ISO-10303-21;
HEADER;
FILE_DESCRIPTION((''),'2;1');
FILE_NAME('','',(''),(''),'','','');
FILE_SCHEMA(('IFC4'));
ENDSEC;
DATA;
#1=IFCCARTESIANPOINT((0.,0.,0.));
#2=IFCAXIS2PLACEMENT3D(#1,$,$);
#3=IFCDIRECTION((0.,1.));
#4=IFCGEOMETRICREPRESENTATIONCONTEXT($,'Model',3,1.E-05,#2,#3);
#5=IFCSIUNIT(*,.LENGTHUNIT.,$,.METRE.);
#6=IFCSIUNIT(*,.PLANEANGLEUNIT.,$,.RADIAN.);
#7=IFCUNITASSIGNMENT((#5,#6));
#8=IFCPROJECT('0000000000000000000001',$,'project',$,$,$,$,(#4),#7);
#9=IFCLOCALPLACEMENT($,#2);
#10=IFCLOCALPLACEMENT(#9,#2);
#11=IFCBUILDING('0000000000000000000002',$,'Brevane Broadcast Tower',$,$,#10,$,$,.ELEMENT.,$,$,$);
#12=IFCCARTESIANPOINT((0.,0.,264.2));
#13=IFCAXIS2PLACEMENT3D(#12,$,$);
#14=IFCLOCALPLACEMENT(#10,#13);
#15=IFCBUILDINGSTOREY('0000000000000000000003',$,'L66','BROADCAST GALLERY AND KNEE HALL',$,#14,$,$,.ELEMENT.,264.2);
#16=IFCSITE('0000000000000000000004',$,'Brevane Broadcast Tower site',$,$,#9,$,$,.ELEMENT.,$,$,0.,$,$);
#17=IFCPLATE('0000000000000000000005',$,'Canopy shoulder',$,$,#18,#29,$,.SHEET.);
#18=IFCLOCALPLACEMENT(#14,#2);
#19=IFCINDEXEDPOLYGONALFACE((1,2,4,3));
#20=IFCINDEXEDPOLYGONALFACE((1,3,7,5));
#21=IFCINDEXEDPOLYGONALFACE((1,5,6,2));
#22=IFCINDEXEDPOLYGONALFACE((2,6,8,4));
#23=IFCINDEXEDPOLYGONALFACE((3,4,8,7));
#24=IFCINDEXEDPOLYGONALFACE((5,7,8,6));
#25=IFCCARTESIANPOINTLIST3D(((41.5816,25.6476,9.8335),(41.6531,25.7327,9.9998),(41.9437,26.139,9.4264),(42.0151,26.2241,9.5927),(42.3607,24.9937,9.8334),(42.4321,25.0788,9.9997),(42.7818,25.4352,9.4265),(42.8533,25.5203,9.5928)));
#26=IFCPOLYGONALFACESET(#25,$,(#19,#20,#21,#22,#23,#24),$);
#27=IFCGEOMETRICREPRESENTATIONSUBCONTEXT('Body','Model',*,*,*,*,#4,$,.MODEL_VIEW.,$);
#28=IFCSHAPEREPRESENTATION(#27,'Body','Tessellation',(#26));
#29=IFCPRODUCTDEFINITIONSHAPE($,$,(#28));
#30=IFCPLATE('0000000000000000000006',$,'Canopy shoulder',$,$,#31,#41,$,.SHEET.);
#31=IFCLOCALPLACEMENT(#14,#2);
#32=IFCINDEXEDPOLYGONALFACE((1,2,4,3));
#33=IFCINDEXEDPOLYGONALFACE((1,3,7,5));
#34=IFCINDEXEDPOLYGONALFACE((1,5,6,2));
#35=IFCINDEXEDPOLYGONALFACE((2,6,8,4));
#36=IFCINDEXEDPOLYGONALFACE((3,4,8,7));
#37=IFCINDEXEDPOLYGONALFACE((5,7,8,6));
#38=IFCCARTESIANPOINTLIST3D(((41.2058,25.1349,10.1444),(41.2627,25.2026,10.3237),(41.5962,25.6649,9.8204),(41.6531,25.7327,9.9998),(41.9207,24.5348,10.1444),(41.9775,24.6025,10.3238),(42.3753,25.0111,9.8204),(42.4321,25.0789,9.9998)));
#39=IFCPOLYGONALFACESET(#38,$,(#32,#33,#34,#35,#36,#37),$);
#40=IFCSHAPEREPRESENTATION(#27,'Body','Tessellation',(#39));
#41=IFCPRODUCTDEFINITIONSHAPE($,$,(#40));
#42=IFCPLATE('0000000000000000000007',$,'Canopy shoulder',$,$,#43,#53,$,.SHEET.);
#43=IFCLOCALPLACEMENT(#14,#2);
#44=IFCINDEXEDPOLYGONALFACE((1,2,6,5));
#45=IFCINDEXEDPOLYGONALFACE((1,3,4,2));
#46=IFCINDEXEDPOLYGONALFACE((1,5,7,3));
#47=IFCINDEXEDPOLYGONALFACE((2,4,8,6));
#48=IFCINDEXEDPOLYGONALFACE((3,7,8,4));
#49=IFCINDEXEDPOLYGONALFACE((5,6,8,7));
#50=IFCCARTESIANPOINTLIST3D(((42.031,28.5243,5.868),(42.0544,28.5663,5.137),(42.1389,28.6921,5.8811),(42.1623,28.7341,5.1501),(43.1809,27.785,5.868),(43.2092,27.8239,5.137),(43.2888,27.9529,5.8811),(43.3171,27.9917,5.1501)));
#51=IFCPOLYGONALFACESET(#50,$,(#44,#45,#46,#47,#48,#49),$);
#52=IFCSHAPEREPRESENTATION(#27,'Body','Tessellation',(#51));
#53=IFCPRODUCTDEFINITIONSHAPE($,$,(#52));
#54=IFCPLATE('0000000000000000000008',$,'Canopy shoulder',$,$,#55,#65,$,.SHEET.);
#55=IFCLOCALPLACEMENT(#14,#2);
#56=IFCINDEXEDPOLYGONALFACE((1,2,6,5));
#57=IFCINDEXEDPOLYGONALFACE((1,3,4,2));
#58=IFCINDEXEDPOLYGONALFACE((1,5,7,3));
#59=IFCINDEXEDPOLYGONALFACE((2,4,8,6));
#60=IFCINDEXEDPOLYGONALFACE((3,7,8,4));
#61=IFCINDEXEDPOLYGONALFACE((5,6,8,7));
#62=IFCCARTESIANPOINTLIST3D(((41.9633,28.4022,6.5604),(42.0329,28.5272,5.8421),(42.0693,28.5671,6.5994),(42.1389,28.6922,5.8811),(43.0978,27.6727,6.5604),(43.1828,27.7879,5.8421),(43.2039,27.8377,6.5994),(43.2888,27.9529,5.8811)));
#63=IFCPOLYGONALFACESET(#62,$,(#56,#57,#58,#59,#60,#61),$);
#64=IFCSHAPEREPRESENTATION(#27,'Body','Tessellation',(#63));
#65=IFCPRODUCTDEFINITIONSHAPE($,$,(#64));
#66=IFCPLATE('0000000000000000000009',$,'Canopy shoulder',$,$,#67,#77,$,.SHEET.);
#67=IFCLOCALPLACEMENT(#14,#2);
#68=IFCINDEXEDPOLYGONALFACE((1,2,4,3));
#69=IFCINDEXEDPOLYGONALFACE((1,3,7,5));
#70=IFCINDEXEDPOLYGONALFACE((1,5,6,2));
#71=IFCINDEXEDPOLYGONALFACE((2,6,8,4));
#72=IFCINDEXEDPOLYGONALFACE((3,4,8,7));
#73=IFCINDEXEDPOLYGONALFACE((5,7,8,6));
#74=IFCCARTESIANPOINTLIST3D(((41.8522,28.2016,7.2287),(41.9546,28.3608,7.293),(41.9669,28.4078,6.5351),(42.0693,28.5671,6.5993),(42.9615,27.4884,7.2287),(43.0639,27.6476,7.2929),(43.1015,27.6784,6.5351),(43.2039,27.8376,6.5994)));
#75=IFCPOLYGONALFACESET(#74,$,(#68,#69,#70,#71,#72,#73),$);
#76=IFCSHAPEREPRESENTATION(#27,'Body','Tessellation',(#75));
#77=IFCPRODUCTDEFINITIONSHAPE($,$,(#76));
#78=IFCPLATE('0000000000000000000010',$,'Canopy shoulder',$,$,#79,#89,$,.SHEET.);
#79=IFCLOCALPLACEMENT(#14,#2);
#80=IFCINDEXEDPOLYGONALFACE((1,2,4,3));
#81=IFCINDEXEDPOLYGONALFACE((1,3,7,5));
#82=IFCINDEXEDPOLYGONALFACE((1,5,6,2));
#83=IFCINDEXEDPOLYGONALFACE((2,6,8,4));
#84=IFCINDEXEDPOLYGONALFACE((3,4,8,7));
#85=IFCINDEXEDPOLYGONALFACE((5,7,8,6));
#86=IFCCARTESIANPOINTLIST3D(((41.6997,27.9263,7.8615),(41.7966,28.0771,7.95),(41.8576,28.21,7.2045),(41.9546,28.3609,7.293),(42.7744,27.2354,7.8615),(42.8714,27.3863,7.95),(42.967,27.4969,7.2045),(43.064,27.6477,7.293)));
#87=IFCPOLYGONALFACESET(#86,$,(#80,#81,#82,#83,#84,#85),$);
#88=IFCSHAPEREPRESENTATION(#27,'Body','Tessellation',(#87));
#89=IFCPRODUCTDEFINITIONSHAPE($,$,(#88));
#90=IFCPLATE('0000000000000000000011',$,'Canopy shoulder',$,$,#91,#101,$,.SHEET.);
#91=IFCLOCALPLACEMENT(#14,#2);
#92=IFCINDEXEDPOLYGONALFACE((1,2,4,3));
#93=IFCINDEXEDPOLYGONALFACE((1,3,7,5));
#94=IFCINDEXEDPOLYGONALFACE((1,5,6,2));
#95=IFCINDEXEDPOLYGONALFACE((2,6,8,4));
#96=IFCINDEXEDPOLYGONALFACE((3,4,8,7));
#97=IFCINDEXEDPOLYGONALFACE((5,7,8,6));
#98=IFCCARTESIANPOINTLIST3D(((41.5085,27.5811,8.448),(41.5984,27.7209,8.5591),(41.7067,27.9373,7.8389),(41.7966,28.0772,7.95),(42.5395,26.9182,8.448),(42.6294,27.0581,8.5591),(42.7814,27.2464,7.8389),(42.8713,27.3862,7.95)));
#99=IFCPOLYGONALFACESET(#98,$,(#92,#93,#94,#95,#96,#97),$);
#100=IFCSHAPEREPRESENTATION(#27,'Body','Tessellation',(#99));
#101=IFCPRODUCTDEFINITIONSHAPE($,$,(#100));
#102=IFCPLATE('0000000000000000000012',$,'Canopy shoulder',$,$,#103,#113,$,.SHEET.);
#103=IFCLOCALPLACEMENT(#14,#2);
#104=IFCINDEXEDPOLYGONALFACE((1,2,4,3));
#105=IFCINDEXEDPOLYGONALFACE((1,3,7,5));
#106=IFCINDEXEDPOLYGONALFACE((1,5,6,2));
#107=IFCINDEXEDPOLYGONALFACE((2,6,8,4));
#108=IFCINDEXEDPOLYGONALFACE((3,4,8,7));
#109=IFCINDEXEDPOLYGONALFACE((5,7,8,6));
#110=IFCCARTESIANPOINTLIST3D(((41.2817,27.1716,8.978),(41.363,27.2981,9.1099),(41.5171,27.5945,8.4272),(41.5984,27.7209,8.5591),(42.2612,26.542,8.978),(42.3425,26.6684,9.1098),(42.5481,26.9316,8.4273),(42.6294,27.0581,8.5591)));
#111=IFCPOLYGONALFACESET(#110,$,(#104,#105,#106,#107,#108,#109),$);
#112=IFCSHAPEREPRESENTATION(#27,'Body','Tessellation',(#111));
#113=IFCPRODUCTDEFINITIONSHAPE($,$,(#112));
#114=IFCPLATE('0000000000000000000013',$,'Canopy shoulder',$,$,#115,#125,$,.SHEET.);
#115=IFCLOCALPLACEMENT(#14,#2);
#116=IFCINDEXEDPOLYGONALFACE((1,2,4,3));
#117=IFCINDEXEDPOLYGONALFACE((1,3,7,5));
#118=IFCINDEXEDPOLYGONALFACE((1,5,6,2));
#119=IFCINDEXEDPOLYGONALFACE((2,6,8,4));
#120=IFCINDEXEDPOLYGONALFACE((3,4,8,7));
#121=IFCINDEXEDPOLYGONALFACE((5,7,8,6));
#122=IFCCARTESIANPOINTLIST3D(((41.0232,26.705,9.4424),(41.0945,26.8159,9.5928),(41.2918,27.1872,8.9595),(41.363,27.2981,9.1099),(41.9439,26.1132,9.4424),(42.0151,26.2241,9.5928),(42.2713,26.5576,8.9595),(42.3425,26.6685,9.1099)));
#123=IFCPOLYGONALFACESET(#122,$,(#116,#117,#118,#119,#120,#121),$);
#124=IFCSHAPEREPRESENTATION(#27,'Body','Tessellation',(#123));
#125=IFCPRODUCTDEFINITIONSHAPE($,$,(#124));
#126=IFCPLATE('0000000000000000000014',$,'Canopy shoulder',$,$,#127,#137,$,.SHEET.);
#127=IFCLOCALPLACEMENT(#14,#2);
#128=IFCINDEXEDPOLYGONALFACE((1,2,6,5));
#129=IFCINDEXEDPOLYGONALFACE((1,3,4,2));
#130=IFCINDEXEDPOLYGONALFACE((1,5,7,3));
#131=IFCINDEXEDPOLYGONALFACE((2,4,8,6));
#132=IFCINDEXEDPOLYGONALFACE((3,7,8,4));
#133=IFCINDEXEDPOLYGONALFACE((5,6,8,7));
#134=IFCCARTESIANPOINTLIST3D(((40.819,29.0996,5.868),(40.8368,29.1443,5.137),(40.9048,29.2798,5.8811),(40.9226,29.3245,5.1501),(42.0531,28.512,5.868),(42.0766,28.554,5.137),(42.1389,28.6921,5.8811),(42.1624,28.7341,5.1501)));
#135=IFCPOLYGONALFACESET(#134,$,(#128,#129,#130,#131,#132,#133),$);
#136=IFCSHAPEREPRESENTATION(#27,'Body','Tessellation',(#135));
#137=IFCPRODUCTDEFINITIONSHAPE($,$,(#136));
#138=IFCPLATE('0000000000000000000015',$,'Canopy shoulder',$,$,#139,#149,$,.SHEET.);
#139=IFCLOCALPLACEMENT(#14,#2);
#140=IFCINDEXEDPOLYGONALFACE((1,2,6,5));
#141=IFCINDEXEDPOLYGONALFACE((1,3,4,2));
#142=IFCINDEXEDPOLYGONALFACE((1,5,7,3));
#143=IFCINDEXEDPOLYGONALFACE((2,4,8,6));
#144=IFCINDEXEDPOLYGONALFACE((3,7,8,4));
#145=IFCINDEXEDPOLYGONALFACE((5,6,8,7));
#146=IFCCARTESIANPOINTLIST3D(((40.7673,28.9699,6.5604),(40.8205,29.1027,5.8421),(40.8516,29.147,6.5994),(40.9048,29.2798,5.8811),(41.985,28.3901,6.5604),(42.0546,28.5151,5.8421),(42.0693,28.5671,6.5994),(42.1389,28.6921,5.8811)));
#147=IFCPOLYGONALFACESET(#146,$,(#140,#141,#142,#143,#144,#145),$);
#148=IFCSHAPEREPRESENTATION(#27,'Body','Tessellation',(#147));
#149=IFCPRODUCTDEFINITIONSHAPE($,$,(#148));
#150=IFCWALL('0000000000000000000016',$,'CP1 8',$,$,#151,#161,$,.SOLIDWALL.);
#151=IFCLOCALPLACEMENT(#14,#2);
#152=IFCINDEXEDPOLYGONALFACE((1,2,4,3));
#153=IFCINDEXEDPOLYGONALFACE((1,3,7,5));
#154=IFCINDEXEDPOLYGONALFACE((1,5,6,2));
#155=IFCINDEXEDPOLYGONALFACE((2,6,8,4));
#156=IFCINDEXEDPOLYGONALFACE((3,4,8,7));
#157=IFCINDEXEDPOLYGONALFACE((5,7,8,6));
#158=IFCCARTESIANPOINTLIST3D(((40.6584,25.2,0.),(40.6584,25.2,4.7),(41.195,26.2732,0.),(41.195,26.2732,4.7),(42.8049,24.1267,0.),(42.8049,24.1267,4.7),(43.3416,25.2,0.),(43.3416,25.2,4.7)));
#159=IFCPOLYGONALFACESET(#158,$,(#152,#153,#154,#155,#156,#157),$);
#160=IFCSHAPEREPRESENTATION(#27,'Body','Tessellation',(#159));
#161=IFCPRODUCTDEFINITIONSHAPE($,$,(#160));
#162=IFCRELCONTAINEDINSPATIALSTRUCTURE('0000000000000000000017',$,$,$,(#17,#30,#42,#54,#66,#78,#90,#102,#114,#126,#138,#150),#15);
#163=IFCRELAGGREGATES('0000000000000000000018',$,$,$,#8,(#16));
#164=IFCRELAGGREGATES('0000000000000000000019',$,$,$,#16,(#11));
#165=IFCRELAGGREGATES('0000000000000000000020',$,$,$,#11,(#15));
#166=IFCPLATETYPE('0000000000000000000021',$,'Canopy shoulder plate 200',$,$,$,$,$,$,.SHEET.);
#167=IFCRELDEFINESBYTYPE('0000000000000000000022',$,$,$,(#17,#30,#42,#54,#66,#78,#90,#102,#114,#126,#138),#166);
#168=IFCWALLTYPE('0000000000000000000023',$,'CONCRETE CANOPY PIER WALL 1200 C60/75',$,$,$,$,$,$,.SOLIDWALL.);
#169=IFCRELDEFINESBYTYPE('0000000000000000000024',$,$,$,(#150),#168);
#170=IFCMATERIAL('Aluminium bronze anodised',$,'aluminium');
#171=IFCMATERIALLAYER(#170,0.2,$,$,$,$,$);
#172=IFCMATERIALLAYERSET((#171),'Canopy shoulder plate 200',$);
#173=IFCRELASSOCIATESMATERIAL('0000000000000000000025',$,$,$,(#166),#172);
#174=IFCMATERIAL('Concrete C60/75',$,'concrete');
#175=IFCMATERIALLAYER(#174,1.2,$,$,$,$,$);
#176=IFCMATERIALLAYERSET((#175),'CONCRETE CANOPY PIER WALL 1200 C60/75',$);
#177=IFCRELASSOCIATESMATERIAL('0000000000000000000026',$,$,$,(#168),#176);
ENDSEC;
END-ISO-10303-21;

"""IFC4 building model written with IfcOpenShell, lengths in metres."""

from ifc_helpers import new_model, si_unit, direction, frame, frame_2d, origin, place, context, subcontext, project, spatial, polyline, rectangle, outline, extrude, material, layer, layer_set, type_object, element, save


model = new_model("IFC4")

# Units and contexts
model_context = context("Model", 3, precision=1e-05, world=origin(), true_north=direction((0.0, 1.0)))
body_context = subcontext(model_context, "Body", "Model", "MODEL_VIEW")
ifc_project = project(units=[si_unit("LENGTHUNIT", "METRE"), si_unit("PLANEANGLEUNIT", "RADIAN")], contexts=[model_context])

# Site, building, storey
site_placement = place(None, origin())
site = spatial("IfcSite", under=ifc_project, at=site_placement, Name="Brevane Broadcast Tower site", CompositionType="ELEMENT", RefElevation=0.0)
building_placement = place(site_placement, origin())
building = spatial("IfcBuilding", under=site, at=building_placement, Name="Brevane Broadcast Tower", CompositionType="ELEMENT")
storey_placement = place(building_placement, frame((0.0, 0.0, 264.2)))
storey = spatial("IfcBuildingStorey", under=building, at=storey_placement, Name="L66", Description="BROADCAST GALLERY AND KNEE HALL", CompositionType="ELEMENT", Elevation=264.2)

# Plates
ifc_material_1 = material(Name="Aluminium bronze anodised", Category="aluminium")
ifc_layer_1 = layer(ifc_material_1, 0.2)
ifc_layer_set_1 = layer_set([ifc_layer_1], Name="Canopy shoulder plate 200")
plate_type = type_object("IfcPlateType", Name="Canopy shoulder plate 200", PredefinedType="SHEET", material=ifc_layer_set_1)
plate_1_placement = place(storey_placement, frame((42.8533, 25.5203, 9.5928), z_axis=(0.357247, 0.425536, 0.831441), x_axis=(-0.765815, 0.643061, -0.000072)))
element("IfcPlate", 1, at=plate_1_placement, inside=storey, type_object=plate_type, Name="Canopy shoulder", PredefinedType="SHEET", context=body_context, shape_type="SweptSolid", body=[
    extrude(outline(polyline([(0.0, 0.0), (1.0945, 0.0), (1.0557, 0.7326), (0.0386, 0.7324), (0.0, 0.0)])), origin(), (0.0, 0.0, -1.0), 0.2),
])
plate_2_placement = place(storey_placement, frame((42.4321, 25.0789, 9.9998), z_axis=(0.284325, 0.338743, 0.89689), x_axis=(-0.765985, 0.642859, 0.000027)))
element("IfcPlate", 2, at=plate_2_placement, inside=storey, type_object=plate_type, Name="Canopy shoulder", PredefinedType="SHEET", context=body_context, shape_type="SweptSolid", body=[
    extrude(outline(polyline([(0.0, 0.0), (1.017, 0.0), (0.9753, 0.7325), (0.042, 0.7326), (0.0, 0.0)])), origin(), (0.0, 0.0, -1.0), 0.2),
])
plate_3_placement = place(storey_placement, frame((43.3171, 27.9917, 5.1501), z_axis=(0.539623, 0.839355, 0.065502), x_axis=(-0.841161, 0.540785, -0.000001)))
element("IfcPlate", 3, at=plate_3_placement, inside=storey, type_object=plate_type, Name="Canopy shoulder", PredefinedType="SHEET", context=body_context, shape_type="SweptSolid", body=[
    extrude(outline(polyline([(0.0, 0.0), (1.3729, 0.0), (1.3699, 0.7325), (0.0028, 0.7325), (0.0, 0.0)])), origin(), (0.0, 0.0, -1.0), 0.2),
])
plate_4_placement = place(storey_placement, frame((43.2888, 27.9529, 5.8811), z_axis=(0.530423, 0.824994, 0.195029), x_axis=(-0.841147, 0.540806, 0.000007)))
element("IfcPlate", 4, at=plate_4_placement, inside=storey, type_object=plate_type, Name="Canopy shoulder", PredefinedType="SHEET", context=body_context, shape_type="SweptSolid", body=[
    extrude(outline(polyline([(0.0, 0.0), (1.367, 0.0), (1.358, 0.7323), (0.0092, 0.7323), (0.0, 0.0)])), origin(), (0.0, 0.0, -1.0), 0.2),
])
plate_5_placement = place(storey_placement, frame((43.2039, 27.8376, 6.5994), z_axis=(0.512078, 0.796498, 0.321509), x_axis=(-0.841154, 0.540795, -0.000018)))
element("IfcPlate", 5, at=plate_5_placement, inside=storey, type_object=plate_type, Name="Canopy shoulder", PredefinedType="SHEET", context=body_context, shape_type="SweptSolid", body=[
    extrude(outline(polyline([(0.0, 0.0), (1.3488, 0.0), (1.3338, 0.7325), (0.0149, 0.7325), (0.0, 0.0)])), origin(), (0.0, 0.0, -1.0), 0.2),
])
plate_6_placement = place(storey_placement, frame((43.064, 27.6477, 7.293), z_axis=(0.484963, 0.754387, 0.442392), x_axis=(-0.841181, 0.540754, 0.000009)))
element("IfcPlate", 6, at=plate_6_placement, inside=storey, type_object=plate_type, Name="Canopy shoulder", PredefinedType="SHEET", context=body_context, shape_type="SweptSolid", body=[
    extrude(outline(polyline([(0.0, 0.0), (1.3188, 0.0), (1.2983, 0.7326), (0.0206, 0.7326), (0.0, 0.0)])), origin(), (0.0, 0.0, -1.0), 0.2),
])
plate_7_placement = place(storey_placement, frame((42.8713, 27.3862, 7.95), z_axis=(0.449702, 0.699492, 0.555409), x_axis=(-0.841164, 0.540781, 0.000003)))
element("IfcPlate", 7, at=plate_7_placement, inside=storey, type_object=plate_type, Name="Canopy shoulder", PredefinedType="SHEET", context=body_context, shape_type="SweptSolid", body=[
    extrude(outline(polyline([(0.0, 0.0), (1.2776, 0.0), (1.2518, 0.7325), (0.0261, 0.7325), (0.0, 0.0)])), origin(), (0.0, 0.0, -1.0), 0.2),
])
plate_8_placement = place(storey_placement, frame((42.6294, 27.0581, 8.5591), z_axis=(0.406602, 0.632484, 0.659271), x_axis=(-0.841168, 0.540774, -0.000015)))
element("IfcPlate", 8, at=plate_8_placement, inside=storey, type_object=plate_type, Name="Canopy shoulder", PredefinedType="SHEET", context=body_context, shape_type="SweptSolid", body=[
    extrude(outline(polyline([(0.0, 0.0), (1.2257, 0.0), (1.195, 0.7325), (0.0306, 0.7325), (0.0, 0.0)])), origin(), (0.0, 0.0, -1.0), 0.2),
])
plate_9_placement = place(storey_placement, frame((42.3425, 26.6685, 9.1099), z_axis=(0.35647, 0.554548, 0.751935), x_axis=(-0.841194, 0.540734, -0.000004)))
element("IfcPlate", 9, at=plate_9_placement, inside=storey, type_object=plate_type, Name="Canopy shoulder", PredefinedType="SHEET", context=body_context, shape_type="SweptSolid", body=[
    extrude(outline(polyline([(0.0, 0.0), (1.1644, 0.0), (1.1296, 0.7325), (0.0351, 0.7325), (0.0, 0.0)])), origin(), (0.0, 0.0, -1.0), 0.2),
])
plate_10_placement = place(storey_placement, frame((42.1624, 28.7341, 5.1501), z_axis=(0.428993, 0.900929, 0.065519), x_axis=(-0.902869, 0.429916, 0.0)))
element("IfcPlate", 10, at=plate_10_placement, inside=storey, type_object=plate_type, Name="Canopy shoulder", PredefinedType="SHEET", context=body_context, shape_type="SweptSolid", body=[
    extrude(outline(polyline([(0.0, 0.0), (1.3731, 0.0), (1.37, 0.7325), (0.0031, 0.7325), (0.0, 0.0)])), origin(), (0.0, 0.0, -1.0), 0.2),
])
plate_11_placement = place(storey_placement, frame((42.1389, 28.6921, 5.8811), z_axis=(0.421655, 0.885546, 0.194974), x_axis=(-0.902874, 0.429906, -0.000002)))
element("IfcPlate", 11, at=plate_11_placement, inside=storey, type_object=plate_type, Name="Canopy shoulder", PredefinedType="SHEET", context=body_context, shape_type="SweptSolid", body=[
    extrude(outline(polyline([(0.0, 0.0), (1.3669, 0.0), (1.3579, 0.7323), (0.0091, 0.7323), (0.0, 0.0)])), origin(), (0.0, 0.0, -1.0), 0.2),
])

# Wall
ifc_material_2 = material(Name="Concrete C60/75", Category="concrete")
ifc_layer_2 = layer(ifc_material_2, 1.2)
ifc_layer_set_2 = layer_set([ifc_layer_2], Name="CONCRETE CANOPY PIER WALL 1200 C60/75")
wall_type = type_object("IfcWallType", Name="CONCRETE CANOPY PIER WALL 1200 C60/75", PredefinedType="SOLIDWALL", material=ifc_layer_set_2)
wall_placement = place(storey_placement, frame((43.0732, 24.6633, 0.0), z_axis=(0.0, 0.0, 1.0), x_axis=(-0.894427, 0.447214, 0.0)))
element("IfcWall", 12, at=wall_placement, inside=storey, type_object=wall_type, Name="CP1 8", PredefinedType="SOLIDWALL", context=body_context, shape_type="SweptSolid", body=[
    extrude(rectangle(XDim=2.3999, YDim=1.2, at=frame_2d((1.2, 0.0))), origin(), (0.0, 0.0, 1.0), 4.7),
])

save(model, "model.ifc")
